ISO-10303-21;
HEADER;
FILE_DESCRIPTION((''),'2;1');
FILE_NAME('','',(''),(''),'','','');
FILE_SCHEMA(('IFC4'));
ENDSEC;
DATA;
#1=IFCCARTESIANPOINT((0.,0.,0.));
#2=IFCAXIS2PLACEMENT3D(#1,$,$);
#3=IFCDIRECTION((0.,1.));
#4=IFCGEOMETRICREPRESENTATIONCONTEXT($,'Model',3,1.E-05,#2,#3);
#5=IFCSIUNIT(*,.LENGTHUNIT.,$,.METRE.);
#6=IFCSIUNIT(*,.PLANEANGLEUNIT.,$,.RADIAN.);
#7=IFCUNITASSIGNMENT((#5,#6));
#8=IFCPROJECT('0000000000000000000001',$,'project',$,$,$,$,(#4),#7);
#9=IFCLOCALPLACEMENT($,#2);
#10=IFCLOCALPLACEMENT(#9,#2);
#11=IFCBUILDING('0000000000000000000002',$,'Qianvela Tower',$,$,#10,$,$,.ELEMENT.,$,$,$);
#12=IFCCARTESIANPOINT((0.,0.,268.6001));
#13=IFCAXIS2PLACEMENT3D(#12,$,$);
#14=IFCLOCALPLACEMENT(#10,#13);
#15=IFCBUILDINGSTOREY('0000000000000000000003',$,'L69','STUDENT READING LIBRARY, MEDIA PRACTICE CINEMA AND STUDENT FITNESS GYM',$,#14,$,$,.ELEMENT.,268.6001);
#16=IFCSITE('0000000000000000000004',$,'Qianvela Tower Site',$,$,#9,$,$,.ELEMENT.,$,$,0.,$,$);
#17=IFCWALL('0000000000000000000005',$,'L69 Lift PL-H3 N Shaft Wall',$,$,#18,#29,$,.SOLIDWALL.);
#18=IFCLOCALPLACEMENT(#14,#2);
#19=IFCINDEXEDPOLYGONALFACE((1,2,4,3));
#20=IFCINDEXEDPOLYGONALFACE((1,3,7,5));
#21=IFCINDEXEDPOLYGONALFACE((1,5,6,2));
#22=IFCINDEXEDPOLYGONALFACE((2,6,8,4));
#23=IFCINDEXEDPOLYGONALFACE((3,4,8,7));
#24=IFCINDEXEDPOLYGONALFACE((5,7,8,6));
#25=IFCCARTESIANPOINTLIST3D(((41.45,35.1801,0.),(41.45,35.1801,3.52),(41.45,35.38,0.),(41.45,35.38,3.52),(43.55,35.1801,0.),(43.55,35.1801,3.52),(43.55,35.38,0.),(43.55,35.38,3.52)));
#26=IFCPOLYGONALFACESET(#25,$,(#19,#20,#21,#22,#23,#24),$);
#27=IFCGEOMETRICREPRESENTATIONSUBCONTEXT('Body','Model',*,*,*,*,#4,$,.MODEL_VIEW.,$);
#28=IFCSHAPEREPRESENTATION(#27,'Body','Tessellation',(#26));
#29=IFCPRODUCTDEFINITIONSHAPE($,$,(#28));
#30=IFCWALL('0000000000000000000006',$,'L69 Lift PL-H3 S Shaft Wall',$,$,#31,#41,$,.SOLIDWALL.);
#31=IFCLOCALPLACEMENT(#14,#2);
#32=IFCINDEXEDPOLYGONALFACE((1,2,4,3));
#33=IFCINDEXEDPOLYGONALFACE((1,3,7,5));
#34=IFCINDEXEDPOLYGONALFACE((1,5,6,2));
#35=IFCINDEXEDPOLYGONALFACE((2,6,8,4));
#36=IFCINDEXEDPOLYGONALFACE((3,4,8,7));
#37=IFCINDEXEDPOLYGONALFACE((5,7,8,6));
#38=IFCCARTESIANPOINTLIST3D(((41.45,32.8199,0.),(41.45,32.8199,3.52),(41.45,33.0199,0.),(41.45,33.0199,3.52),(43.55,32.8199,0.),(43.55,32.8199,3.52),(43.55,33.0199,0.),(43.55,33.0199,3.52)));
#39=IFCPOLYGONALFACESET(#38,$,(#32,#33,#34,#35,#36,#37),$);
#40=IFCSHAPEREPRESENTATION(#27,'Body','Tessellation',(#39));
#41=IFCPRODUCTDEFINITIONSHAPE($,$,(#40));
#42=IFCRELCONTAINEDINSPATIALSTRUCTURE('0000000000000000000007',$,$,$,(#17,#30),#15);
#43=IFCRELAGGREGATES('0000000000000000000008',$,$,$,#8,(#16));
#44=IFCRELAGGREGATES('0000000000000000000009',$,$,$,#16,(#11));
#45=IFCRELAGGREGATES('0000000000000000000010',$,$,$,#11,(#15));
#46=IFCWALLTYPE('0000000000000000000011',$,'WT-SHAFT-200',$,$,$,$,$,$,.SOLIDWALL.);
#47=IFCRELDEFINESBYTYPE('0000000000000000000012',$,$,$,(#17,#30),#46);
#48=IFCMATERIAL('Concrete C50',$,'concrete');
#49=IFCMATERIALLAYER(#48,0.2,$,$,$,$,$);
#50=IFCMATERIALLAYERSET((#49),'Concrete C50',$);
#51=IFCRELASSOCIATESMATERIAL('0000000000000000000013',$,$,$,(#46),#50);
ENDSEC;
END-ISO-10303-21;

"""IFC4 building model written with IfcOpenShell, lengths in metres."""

from ifc_helpers import new_model, si_unit, direction, frame, frame_2d, origin, place, context, subcontext, project, spatial, rectangle, extrude, material, layer, layer_set, type_object, element, save


model = new_model("IFC4")

# Units and contexts
model_context = context("Model", 3, precision=1e-05, world=origin(), true_north=direction((0.0, 1.0)))
body_context = subcontext(model_context, "Body", "Model", "MODEL_VIEW")
ifc_project = project(units=[si_unit("LENGTHUNIT", "METRE"), si_unit("PLANEANGLEUNIT", "RADIAN")], contexts=[model_context])

# Site, building, storey
site_placement = place(None, origin())
site = spatial("IfcSite", under=ifc_project, at=site_placement, Name="Qianvela Tower Site", CompositionType="ELEMENT", RefElevation=0.0)
building_placement = place(site_placement, origin())
building = spatial("IfcBuilding", under=site, at=building_placement, Name="Qianvela Tower", CompositionType="ELEMENT")
storey_placement = place(building_placement, frame((0.0, 0.0, 268.6001)))
storey = spatial("IfcBuildingStorey", under=building, at=storey_placement, Name="L69", Description="STUDENT READING LIBRARY, MEDIA PRACTICE CINEMA AND STUDENT FITNESS GYM", CompositionType="ELEMENT", Elevation=268.6001)

# Shared definitions
ifc_material_1 = material(Name="Concrete C50", Category="concrete")
ifc_layer_1 = layer(ifc_material_1, 0.2)
ifc_layer_set_1 = layer_set([ifc_layer_1], Name="Concrete C50")
wall_type_1 = type_object("IfcWallType", Name="WT-SHAFT-200", PredefinedType="SOLIDWALL", material=ifc_layer_set_1)

# Walls
for number, where, z_axis, x_axis, name in (
    (1, (41.45, 35.28, 0.0), (0.0, 0.0, 1.0), (1.0, 0.0, 0.0), "L69 Lift PL-H3 N Shaft Wall"),
    (2, (41.45, 32.9199, 0.0), (0.0, 0.0, 1.0), (1.0, 0.0, 0.0), "L69 Lift PL-H3 S Shaft Wall"),
):
    element("IfcWall", number, at=place(storey_placement, frame(where, z_axis=z_axis, x_axis=x_axis)), inside=storey, type_object=wall_type_1, Name=name, PredefinedType="SOLIDWALL", context=body_context, shape_type="SweptSolid", body=[
        extrude(rectangle(XDim=2.1001, YDim=0.2, at=frame_2d((1.05, 0.0))), origin(), (0.0, 0.0, 1.0), 3.52),
    ])

save(model, "model.ifc")
